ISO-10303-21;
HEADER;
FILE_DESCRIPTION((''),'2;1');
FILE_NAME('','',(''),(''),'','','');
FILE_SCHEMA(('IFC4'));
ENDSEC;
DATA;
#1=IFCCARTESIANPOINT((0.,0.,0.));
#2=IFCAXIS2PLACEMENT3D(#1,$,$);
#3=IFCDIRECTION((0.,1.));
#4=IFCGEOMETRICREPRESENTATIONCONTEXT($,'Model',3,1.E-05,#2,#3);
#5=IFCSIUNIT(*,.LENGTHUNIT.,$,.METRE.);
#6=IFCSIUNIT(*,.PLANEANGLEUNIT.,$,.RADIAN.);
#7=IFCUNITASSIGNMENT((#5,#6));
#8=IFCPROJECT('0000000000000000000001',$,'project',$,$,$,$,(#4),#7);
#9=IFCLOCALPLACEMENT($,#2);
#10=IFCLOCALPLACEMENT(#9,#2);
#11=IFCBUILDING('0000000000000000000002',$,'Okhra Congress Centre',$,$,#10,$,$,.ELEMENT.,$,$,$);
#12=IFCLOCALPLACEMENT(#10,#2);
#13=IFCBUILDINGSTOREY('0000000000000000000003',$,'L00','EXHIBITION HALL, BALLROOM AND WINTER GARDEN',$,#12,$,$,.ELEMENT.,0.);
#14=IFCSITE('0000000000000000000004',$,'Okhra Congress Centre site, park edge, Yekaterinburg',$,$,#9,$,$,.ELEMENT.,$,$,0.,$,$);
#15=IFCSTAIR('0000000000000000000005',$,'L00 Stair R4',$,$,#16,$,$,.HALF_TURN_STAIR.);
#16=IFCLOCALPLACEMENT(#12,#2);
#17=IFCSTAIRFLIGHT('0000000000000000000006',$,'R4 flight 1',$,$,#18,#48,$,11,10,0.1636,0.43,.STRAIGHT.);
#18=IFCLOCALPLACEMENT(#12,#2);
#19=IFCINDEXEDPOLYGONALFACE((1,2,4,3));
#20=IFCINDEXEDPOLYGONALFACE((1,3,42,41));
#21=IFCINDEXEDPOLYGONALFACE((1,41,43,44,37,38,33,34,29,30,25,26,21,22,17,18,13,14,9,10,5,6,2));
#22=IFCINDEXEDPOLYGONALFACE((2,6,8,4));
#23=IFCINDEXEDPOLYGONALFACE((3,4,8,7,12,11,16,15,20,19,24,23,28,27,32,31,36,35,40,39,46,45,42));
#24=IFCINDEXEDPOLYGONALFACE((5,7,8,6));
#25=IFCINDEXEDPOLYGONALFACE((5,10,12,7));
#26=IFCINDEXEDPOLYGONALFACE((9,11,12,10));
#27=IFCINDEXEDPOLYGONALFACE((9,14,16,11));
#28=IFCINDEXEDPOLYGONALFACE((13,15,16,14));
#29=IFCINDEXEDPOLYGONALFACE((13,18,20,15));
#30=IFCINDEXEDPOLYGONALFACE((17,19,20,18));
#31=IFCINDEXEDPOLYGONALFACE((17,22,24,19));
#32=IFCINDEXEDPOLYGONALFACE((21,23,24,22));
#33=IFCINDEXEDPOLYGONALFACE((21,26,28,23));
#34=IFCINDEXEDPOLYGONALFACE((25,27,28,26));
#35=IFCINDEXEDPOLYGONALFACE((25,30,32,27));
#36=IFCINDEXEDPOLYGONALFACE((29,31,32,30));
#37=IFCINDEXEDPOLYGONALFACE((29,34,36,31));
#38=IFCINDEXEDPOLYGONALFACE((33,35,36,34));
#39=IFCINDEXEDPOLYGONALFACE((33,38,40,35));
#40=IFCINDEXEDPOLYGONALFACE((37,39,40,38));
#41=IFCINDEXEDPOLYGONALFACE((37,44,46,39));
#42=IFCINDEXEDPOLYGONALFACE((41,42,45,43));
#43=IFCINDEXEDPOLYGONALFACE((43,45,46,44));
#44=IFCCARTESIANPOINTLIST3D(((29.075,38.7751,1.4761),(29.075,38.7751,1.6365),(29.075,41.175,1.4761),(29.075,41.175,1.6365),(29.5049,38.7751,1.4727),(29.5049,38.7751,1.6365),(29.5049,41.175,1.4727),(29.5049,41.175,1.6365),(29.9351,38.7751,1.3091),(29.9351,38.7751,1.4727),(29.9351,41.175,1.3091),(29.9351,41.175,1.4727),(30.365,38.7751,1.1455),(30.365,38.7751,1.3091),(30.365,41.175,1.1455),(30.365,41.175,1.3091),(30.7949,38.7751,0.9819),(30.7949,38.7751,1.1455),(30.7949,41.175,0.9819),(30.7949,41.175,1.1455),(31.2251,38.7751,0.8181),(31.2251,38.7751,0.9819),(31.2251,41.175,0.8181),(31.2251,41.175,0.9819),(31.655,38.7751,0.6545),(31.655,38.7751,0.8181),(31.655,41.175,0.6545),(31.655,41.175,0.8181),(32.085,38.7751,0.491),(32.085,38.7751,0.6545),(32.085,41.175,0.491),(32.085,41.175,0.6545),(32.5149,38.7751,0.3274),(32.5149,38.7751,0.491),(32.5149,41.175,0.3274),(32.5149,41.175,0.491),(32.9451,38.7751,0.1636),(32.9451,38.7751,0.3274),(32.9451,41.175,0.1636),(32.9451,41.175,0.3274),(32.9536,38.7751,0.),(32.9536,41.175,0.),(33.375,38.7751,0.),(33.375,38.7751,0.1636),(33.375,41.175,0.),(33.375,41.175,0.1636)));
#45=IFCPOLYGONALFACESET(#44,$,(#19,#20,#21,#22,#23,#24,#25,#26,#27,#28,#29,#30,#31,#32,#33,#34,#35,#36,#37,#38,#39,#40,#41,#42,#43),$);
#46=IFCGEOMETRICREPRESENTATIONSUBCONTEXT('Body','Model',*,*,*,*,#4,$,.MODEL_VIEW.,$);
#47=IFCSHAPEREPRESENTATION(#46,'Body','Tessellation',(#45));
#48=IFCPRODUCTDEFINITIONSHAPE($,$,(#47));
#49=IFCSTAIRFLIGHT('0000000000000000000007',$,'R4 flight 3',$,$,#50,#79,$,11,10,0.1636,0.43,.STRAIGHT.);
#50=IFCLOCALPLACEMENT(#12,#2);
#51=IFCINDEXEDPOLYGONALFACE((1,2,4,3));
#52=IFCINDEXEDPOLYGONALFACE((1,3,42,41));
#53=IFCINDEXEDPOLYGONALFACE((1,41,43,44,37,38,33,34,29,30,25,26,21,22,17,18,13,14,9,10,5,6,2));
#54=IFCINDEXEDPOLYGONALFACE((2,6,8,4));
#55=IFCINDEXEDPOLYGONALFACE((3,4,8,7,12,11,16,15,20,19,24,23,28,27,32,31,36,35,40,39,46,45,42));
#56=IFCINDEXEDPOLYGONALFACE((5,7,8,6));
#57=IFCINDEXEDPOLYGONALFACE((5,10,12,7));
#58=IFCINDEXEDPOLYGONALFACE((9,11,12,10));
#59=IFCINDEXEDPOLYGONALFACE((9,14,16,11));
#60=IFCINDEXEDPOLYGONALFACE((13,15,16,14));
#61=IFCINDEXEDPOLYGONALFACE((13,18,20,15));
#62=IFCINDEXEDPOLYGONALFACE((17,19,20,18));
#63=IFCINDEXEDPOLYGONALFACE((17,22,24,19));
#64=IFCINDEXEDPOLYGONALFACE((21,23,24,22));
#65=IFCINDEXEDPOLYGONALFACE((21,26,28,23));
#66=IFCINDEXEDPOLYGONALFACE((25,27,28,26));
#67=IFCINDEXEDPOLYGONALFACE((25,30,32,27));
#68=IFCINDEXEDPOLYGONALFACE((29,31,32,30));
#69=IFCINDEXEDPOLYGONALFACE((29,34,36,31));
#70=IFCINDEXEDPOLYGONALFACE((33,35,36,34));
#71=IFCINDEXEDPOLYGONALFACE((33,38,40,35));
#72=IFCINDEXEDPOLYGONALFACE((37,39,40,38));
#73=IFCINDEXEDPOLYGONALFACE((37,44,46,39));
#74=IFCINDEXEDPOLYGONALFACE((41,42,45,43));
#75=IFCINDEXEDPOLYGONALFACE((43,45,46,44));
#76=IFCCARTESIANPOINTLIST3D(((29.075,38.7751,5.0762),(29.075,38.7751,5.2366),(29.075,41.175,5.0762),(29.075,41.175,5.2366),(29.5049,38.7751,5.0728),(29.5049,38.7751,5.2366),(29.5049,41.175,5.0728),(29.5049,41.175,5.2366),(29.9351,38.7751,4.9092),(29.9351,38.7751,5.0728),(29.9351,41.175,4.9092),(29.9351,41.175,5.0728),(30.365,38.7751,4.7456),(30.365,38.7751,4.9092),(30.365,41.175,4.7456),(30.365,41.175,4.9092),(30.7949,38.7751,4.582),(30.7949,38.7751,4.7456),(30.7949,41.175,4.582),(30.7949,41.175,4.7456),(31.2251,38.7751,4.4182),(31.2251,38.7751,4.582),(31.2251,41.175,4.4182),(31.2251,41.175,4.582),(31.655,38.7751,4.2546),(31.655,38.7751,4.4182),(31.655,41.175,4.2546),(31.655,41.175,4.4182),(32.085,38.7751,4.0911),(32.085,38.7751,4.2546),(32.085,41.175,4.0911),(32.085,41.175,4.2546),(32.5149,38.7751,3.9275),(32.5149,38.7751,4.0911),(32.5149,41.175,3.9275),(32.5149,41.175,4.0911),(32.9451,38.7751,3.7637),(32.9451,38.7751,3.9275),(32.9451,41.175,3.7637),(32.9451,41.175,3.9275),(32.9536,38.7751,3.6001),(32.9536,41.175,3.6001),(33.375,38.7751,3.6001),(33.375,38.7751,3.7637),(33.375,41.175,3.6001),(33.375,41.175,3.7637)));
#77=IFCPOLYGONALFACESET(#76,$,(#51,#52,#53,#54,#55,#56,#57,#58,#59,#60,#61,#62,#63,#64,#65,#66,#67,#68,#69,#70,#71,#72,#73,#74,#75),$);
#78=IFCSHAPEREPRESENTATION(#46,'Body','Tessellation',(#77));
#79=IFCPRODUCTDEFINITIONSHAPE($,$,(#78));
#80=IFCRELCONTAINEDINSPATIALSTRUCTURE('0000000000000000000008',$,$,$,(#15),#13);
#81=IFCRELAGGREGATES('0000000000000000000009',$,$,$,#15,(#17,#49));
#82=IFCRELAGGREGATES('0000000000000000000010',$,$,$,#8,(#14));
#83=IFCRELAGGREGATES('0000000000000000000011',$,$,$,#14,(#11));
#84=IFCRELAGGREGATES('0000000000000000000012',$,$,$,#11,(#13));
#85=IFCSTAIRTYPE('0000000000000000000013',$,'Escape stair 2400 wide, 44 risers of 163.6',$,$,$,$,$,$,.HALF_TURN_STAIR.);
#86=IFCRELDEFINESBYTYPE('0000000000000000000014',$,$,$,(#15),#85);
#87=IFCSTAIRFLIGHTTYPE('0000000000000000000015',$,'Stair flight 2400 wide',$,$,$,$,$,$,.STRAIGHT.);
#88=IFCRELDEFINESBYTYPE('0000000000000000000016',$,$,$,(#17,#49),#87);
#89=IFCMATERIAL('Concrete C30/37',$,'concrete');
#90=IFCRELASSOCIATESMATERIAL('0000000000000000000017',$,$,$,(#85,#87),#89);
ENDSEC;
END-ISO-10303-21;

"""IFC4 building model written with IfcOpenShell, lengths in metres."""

from ifc_helpers import new_model, si_unit, direction, frame, origin, place, context, subcontext, project, spatial, polyline, outline, extrude, material, type_object, element, aggregate, save


model = new_model("IFC4")

# Units and contexts
model_context = context("Model", 3, precision=1e-05, world=origin(), true_north=direction((0.0, 1.0)))
body_context = subcontext(model_context, "Body", "Model", "MODEL_VIEW")
ifc_project = project(units=[si_unit("LENGTHUNIT", "METRE"), si_unit("PLANEANGLEUNIT", "RADIAN")], contexts=[model_context])

# Site, building, storey
site_placement = place(None, origin())
site = spatial("IfcSite", under=ifc_project, at=site_placement, Name="Okhra Congress Centre site, park edge, Yekaterinburg", CompositionType="ELEMENT", RefElevation=0.0)
building_placement = place(site_placement, origin())
building = spatial("IfcBuilding", under=site, at=building_placement, Name="Okhra Congress Centre", CompositionType="ELEMENT")
storey_placement = place(building_placement, origin())
storey = spatial("IfcBuildingStorey", under=building, at=storey_placement, Name="L00", Description="EXHIBITION HALL, BALLROOM AND WINTER GARDEN", CompositionType="ELEMENT", Elevation=0.0)

# Shared definitions
ifc_material_1 = material(Name="Concrete C30/37", Category="concrete")

# Stair, stair flights
stair_type = type_object("IfcStairType", Name="Escape stair 2400 wide, 44 risers of 163.6", PredefinedType="HALF_TURN_STAIR", material=ifc_material_1)
stair_placement = place(storey_placement, origin())
stair = element("IfcStair", 1, at=stair_placement, inside=storey, type_object=stair_type, Name="L00 Stair R4", PredefinedType="HALF_TURN_STAIR")
stair_flight_type = type_object("IfcStairFlightType", Name="Stair flight 2400 wide", PredefinedType="STRAIGHT", material=ifc_material_1)
stair_flight_1_placement = place(storey_placement, frame((33.375, 39.9751, 0.0), z_axis=(0.0, 0.0, 1.0), x_axis=(-1.0, 0.0, 0.0)))
stair_flight_1 = element("IfcStairFlight", 2, at=stair_flight_1_placement, type_object=stair_flight_type, Name="R4 flight 1", NumberOfRisers=11, NumberOfTreads=10, PredefinedType="STRAIGHT", RiserHeight=0.1636, TreadLength=0.43, context=body_context, shape_type="SweptSolid", body=[
    extrude(outline(polyline([(0.0, 0.0), (0.0, 0.1636), (0.4299, 0.1636), (0.4299, 0.3274), (0.8601, 0.3274), (0.8601, 0.491), (1.29, 0.491), (1.29, 0.6545), (1.72, 0.6545), (1.72, 0.8181), (2.1499, 0.8181), (2.1499, 0.9819), (2.5801, 0.9819), (2.5801, 1.1455), (3.01, 1.1455), (3.01, 1.3091), (3.4399, 1.3091), (3.4399, 1.4727), (3.8701, 1.4727), (3.8701, 1.6365), (4.3, 1.6365), (4.3, 1.8), (4.3, 1.4761), (0.4214, 0.0), (0.0, 0.0)])), frame((0.0, 1.2, 0.0), z_axis=(0.0, -1.0, 0.0), x_axis=(1.0, 0.0, 0.0)), (0.0, 0.0, 1.0), 2.3999),
])
stair_flight_2_placement = place(storey_placement, frame((33.375, 39.9751, 3.6001), z_axis=(0.0, 0.0, 1.0), x_axis=(-1.0, 0.0, 0.0)))
stair_flight_2 = element("IfcStairFlight", 3, at=stair_flight_2_placement, type_object=stair_flight_type, Name="R4 flight 3", NumberOfRisers=11, NumberOfTreads=10, PredefinedType="STRAIGHT", RiserHeight=0.1636, TreadLength=0.43, context=body_context, shape_type="SweptSolid", body=[
    extrude(outline(polyline([(0.0, 0.0), (0.0, 0.1636), (0.4299, 0.1636), (0.4299, 0.3274), (0.8601, 0.3274), (0.8601, 0.491), (1.29, 0.491), (1.29, 0.6545), (1.72, 0.6545), (1.72, 0.8181), (2.1499, 0.8181), (2.1499, 0.9819), (2.5801, 0.9819), (2.5801, 1.1455), (3.01, 1.1455), (3.01, 1.3091), (3.4399, 1.3091), (3.4399, 1.4727), (3.8701, 1.4727), (3.8701, 1.6365), (4.3, 1.6365), (4.3, 1.8), (4.3, 1.4761), (0.4214, 0.0), (0.0, 0.0)])), frame((0.0, 1.2, 0.0), z_axis=(0.0, -1.0, 0.0), x_axis=(1.0, 0.0, 0.0)), (0.0, 0.0, 1.0), 2.3999),
])
aggregate(stair, [stair_flight_1, stair_flight_2])

save(model, "model.ifc")
